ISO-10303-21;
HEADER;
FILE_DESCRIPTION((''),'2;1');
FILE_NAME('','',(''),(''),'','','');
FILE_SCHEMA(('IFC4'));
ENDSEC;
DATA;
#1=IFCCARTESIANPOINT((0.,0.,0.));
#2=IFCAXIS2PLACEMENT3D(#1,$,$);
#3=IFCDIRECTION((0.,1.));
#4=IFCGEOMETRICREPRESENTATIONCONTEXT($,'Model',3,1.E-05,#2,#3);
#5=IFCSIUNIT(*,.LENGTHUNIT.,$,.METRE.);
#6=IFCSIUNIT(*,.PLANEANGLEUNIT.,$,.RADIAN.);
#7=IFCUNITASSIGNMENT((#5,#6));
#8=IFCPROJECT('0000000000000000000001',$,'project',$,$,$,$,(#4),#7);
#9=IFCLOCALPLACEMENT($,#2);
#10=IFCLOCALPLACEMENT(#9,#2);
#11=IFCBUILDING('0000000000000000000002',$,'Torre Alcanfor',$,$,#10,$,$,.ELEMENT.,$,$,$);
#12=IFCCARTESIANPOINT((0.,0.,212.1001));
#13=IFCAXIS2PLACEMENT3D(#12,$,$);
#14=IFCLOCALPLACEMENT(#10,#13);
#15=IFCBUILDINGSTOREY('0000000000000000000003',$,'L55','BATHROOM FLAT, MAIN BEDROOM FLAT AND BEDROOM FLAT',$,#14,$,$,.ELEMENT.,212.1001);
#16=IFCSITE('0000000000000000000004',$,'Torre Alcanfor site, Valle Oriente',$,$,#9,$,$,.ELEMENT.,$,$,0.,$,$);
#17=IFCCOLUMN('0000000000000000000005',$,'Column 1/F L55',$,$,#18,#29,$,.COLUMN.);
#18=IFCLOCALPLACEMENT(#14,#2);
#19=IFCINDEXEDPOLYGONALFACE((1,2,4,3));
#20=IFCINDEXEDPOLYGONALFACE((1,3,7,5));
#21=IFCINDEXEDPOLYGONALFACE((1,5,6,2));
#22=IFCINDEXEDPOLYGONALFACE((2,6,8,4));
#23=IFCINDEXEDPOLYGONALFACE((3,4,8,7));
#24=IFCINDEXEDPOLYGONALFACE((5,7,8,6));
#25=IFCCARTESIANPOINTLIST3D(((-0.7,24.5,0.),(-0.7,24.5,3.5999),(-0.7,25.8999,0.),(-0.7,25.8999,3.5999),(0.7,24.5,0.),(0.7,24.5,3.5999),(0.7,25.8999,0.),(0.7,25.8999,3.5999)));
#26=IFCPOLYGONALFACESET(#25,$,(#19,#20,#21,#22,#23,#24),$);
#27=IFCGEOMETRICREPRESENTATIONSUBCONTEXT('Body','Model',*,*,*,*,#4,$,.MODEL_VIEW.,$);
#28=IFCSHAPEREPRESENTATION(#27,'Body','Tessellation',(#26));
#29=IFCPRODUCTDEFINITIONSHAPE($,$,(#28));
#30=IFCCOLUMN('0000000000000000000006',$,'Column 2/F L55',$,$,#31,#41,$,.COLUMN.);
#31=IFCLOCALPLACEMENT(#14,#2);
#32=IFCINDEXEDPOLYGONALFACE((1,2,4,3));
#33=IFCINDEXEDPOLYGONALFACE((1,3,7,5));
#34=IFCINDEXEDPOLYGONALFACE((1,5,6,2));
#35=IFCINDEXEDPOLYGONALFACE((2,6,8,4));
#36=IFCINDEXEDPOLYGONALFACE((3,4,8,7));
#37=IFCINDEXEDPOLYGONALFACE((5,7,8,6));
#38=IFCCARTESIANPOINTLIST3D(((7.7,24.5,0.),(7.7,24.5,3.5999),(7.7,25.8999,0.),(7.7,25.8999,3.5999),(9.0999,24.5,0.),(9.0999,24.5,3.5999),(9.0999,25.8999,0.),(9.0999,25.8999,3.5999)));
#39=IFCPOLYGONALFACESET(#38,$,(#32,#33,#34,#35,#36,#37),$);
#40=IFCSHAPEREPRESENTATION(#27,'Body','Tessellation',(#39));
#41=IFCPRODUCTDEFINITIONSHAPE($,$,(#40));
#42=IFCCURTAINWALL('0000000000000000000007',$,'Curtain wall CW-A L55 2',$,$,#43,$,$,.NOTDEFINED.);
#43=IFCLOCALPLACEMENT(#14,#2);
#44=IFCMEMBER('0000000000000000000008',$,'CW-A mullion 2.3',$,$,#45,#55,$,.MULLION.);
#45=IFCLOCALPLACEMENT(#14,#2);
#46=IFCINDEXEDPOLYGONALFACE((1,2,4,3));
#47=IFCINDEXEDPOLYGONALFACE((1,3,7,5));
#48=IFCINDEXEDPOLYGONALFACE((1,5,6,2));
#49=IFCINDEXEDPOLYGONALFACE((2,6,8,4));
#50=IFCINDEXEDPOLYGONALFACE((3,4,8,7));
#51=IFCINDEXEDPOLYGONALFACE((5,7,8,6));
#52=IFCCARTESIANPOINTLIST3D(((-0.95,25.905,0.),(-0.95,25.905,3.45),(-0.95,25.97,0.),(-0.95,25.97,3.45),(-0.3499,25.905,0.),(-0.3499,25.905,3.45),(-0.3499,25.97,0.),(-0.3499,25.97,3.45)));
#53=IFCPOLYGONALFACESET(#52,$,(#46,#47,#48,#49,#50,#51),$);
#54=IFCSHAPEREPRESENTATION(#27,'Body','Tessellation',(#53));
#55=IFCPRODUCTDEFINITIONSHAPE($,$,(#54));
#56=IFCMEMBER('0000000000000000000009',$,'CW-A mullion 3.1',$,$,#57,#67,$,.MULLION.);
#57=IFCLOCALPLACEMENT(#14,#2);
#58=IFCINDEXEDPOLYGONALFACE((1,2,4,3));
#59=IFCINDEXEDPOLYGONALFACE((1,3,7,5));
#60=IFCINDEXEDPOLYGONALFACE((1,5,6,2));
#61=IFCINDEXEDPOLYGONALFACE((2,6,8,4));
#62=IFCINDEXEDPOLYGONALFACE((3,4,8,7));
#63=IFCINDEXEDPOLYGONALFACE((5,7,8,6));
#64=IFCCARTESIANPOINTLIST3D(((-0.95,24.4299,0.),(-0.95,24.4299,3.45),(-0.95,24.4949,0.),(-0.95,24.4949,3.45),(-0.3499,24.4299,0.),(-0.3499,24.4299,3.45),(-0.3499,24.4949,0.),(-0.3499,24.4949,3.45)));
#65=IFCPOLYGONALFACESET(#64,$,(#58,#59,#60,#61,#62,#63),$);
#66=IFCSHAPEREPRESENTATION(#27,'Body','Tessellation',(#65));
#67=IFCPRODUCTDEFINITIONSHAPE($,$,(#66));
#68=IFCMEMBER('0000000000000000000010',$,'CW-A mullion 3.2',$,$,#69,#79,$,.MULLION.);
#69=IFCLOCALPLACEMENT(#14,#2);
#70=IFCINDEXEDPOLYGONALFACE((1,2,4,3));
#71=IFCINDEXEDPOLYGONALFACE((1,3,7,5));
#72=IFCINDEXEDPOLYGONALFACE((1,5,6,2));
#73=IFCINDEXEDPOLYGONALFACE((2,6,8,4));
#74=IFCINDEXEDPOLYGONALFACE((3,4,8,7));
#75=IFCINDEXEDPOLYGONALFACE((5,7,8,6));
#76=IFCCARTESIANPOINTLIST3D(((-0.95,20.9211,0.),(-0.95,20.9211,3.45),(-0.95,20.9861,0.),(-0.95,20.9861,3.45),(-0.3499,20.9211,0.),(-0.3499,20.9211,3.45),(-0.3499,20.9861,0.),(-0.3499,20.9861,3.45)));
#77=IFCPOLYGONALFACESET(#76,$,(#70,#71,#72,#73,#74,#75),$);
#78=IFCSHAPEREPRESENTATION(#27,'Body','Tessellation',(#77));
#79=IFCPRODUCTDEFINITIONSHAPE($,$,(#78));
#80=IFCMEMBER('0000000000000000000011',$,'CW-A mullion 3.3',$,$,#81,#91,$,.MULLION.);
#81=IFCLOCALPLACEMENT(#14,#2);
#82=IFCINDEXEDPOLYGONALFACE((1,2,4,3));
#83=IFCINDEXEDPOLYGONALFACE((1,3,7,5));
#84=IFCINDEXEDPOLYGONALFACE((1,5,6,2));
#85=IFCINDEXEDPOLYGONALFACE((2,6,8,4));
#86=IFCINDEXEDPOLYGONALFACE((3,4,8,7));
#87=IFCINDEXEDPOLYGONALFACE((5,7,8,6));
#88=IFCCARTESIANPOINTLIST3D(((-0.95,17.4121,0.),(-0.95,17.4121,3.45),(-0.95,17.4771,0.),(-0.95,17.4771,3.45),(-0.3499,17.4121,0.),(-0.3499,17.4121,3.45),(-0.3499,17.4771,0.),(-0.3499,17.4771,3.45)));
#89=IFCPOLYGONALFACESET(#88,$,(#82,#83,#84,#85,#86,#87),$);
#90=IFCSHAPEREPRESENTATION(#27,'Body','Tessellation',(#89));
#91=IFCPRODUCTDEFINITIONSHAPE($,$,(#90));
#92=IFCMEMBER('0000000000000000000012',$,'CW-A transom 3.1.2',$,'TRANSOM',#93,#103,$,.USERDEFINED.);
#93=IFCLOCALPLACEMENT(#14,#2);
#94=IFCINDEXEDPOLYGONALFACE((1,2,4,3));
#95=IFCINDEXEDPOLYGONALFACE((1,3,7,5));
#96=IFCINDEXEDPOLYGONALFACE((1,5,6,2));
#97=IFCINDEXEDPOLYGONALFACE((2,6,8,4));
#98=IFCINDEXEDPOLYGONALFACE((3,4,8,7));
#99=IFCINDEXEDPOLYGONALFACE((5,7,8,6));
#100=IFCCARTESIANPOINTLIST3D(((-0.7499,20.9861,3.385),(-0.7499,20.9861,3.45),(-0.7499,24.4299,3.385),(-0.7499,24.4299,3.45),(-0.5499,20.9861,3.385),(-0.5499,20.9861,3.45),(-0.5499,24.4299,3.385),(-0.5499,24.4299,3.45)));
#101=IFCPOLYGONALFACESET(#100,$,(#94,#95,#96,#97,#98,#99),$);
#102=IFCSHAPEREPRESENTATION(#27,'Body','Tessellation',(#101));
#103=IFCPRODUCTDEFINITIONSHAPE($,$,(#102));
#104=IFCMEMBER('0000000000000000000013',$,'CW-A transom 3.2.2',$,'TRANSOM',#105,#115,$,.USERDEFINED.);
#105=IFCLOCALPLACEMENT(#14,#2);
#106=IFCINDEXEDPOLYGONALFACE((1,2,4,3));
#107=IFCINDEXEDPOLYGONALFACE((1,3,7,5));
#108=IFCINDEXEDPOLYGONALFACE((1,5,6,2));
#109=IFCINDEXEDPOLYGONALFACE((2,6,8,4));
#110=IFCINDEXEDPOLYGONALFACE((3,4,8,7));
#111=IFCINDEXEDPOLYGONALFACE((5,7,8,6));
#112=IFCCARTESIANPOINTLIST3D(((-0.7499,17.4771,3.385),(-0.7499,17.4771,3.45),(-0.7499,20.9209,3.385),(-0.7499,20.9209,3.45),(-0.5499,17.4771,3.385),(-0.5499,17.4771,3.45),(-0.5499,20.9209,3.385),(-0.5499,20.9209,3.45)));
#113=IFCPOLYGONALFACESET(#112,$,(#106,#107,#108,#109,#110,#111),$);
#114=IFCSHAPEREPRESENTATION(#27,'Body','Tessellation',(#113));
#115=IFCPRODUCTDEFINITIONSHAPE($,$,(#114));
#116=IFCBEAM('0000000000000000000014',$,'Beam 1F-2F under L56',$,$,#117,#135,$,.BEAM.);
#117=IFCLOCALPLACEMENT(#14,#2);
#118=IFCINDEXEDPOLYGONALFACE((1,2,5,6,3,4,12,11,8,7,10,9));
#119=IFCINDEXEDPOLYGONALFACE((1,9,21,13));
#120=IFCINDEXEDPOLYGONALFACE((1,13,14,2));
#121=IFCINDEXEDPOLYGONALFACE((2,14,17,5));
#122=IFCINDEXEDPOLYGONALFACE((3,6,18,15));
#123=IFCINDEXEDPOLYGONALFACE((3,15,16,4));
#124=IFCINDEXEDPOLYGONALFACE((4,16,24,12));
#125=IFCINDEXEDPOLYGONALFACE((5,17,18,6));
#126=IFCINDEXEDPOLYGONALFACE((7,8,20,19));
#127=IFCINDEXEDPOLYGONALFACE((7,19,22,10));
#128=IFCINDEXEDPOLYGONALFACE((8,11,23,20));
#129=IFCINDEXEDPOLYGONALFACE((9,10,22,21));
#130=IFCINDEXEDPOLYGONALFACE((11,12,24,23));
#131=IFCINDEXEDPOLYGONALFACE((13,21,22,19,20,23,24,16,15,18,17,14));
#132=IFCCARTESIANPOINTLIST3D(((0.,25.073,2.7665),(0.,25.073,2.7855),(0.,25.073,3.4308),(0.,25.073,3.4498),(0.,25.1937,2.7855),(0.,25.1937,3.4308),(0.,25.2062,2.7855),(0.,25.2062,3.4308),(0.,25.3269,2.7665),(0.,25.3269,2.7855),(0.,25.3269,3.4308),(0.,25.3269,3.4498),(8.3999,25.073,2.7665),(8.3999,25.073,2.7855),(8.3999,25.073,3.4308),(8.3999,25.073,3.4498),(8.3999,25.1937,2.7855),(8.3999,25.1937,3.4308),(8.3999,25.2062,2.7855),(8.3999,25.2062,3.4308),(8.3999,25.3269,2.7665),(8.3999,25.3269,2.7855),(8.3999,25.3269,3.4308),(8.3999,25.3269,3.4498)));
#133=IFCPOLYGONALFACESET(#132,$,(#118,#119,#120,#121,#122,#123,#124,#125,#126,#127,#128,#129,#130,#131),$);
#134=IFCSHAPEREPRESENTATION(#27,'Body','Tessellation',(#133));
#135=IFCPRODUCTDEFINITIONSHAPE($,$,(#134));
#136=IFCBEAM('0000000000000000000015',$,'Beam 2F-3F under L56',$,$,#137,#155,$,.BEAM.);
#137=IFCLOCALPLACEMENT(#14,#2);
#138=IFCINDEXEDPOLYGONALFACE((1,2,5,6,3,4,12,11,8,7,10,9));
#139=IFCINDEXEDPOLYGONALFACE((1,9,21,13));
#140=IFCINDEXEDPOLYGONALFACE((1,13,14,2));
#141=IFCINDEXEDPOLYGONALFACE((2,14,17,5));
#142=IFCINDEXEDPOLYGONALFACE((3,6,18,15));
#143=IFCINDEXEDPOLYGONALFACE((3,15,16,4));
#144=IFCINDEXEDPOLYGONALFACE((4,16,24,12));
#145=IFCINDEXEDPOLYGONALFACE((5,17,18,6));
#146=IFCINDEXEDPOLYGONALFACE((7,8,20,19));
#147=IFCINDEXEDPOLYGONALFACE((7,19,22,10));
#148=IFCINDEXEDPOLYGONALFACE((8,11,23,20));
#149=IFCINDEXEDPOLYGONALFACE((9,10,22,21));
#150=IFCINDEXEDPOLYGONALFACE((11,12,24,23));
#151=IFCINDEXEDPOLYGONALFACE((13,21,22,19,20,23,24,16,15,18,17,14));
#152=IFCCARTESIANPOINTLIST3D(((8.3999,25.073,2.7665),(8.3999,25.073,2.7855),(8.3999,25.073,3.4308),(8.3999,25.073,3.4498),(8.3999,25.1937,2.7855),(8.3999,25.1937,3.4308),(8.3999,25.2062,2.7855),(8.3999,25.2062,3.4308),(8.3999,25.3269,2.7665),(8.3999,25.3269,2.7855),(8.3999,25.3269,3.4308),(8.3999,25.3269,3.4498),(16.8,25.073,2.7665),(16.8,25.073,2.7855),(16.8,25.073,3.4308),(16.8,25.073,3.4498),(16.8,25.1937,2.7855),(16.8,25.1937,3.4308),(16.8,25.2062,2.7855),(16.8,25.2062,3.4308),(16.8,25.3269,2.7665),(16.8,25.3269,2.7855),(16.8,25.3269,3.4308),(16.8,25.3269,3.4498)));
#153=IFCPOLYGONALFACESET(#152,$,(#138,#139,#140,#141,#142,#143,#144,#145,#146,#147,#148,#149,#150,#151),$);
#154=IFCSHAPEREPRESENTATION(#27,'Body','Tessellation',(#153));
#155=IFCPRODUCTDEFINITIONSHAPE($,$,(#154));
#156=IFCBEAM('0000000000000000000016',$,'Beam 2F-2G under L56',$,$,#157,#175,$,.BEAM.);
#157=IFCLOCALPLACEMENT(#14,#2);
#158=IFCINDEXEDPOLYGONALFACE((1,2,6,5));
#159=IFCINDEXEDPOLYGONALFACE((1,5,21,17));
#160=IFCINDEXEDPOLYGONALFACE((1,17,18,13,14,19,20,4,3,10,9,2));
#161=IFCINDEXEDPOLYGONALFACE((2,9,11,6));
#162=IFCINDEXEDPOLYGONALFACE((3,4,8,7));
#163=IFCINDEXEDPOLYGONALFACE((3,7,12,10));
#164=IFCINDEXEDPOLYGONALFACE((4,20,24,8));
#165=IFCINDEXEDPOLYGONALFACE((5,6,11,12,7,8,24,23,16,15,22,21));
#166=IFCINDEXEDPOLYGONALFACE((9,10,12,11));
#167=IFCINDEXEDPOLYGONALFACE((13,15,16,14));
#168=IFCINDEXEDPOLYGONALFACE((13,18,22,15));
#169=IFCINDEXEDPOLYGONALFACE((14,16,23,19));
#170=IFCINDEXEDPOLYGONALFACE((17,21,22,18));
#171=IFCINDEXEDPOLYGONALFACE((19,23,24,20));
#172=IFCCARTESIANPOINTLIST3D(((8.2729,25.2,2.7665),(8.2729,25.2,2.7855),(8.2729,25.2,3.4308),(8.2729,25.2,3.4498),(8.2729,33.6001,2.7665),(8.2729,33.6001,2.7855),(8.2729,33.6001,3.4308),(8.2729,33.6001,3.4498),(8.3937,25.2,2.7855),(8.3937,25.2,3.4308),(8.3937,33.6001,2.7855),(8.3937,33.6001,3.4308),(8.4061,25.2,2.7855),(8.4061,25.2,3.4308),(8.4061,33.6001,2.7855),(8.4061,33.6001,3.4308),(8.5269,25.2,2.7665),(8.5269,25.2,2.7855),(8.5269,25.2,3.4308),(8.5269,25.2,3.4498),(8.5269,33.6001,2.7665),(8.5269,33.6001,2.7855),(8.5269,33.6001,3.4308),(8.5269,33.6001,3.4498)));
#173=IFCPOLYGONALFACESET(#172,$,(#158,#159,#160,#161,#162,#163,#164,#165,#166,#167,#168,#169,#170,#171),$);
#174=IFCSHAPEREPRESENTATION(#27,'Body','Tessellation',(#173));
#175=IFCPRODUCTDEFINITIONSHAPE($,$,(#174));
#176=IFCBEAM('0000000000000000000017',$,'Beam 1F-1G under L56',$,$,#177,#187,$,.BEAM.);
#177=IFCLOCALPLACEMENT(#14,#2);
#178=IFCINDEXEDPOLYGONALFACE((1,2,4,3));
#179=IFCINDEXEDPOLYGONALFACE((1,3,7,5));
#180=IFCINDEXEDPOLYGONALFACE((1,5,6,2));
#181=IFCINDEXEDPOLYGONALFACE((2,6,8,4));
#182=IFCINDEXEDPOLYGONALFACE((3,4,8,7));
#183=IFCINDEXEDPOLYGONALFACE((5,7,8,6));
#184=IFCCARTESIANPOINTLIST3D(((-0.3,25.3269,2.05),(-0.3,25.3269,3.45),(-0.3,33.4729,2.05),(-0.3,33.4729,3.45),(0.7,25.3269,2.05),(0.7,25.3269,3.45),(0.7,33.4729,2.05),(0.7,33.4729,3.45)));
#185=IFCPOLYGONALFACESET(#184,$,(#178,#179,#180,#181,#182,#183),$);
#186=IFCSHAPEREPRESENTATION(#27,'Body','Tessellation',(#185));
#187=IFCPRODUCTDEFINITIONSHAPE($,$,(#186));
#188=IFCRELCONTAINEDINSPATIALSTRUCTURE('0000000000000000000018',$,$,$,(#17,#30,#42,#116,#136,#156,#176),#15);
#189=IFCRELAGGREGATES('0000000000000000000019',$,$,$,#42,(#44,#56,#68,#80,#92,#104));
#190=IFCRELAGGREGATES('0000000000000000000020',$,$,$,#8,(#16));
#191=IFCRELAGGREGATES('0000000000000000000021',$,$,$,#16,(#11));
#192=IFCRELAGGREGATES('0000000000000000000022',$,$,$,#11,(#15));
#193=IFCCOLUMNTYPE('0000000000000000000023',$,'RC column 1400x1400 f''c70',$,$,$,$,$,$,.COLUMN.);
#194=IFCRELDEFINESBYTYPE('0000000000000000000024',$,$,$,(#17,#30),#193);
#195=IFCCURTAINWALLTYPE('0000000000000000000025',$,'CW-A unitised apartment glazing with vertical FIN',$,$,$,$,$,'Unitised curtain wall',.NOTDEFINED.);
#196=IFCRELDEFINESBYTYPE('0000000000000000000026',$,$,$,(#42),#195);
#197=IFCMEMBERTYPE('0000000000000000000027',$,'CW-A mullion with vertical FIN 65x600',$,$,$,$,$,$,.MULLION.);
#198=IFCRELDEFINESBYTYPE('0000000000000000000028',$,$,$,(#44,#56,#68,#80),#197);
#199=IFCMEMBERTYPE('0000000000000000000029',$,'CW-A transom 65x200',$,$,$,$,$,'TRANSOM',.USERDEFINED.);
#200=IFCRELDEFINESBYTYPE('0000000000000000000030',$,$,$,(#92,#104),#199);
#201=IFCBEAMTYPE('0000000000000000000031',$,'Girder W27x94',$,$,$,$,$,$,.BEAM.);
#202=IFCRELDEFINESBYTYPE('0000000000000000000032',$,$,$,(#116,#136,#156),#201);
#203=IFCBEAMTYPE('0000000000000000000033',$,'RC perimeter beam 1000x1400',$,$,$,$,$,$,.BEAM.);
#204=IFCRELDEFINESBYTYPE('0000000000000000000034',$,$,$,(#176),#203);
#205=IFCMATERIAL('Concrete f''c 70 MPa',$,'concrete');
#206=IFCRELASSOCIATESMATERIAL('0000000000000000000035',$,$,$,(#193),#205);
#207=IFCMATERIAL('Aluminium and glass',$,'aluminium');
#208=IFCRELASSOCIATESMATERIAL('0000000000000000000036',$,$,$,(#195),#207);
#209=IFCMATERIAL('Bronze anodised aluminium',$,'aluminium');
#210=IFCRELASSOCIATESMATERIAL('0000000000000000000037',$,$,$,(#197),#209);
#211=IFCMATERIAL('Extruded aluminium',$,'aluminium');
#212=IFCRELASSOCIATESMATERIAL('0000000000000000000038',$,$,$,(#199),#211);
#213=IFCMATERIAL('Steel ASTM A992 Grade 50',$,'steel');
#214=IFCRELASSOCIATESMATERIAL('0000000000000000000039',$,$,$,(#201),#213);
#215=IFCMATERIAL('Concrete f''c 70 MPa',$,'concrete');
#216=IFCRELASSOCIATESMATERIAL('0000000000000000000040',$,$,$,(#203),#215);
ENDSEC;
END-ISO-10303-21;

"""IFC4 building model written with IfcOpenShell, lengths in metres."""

from ifc_helpers import new_model, si_unit, direction, frame, origin, origin_2d, place, context, subcontext, project, spatial, rectangle, i_section, extrude, material, material_profile, profile_set, type_object, element, aggregate, save


model = new_model("IFC4")

# Units and contexts
model_context = context("Model", 3, precision=1e-05, world=origin(), true_north=direction((0.0, 1.0)))
body_context = subcontext(model_context, "Body", "Model", "MODEL_VIEW")
ifc_project = project(units=[si_unit("LENGTHUNIT", "METRE"), si_unit("PLANEANGLEUNIT", "RADIAN")], contexts=[model_context])

# Site, building, storey
site_placement = place(None, origin())
site = spatial("IfcSite", under=ifc_project, at=site_placement, Name="Torre Alcanfor site, Valle Oriente", CompositionType="ELEMENT", RefElevation=0.0)
building_placement = place(site_placement, origin())
building = spatial("IfcBuilding", under=site, at=building_placement, Name="Torre Alcanfor", CompositionType="ELEMENT")
storey_placement = place(building_placement, frame((0.0, 0.0, 212.1001)))
storey = spatial("IfcBuildingStorey", under=building, at=storey_placement, Name="L55", Description="BATHROOM FLAT, MAIN BEDROOM FLAT AND BEDROOM FLAT", CompositionType="ELEMENT", Elevation=212.1001)

# Columns
ifc_material_1 = material(Name="Concrete f'c 70 MPa", Category="concrete")
ifc_material_profile_1 = material_profile(ifc_material_1, rectangle(XDim=1.3999, YDim=1.3999, at=origin_2d()), Name="1400x1400")
ifc_profile_set_1 = profile_set([ifc_material_profile_1], Name="Concrete f'c 70 MPa")
column_type = type_object("IfcColumnType", Name="RC column 1400x1400 f'c70", PredefinedType="COLUMN", material=ifc_profile_set_1)
for number, where, z_axis, x_axis, name in (
    (1, (0.0, 25.2, 0.0), (0.0, 0.0, 1.0), (1.0, 0.0, 0.0), "Column 1/F L55"),
    (2, (8.3999, 25.2, 0.0), (0.0, 0.0, 1.0), (1.0, 0.0, 0.0), "Column 2/F L55"),
):
    element("IfcColumn", number, at=place(storey_placement, frame(where, z_axis=z_axis, x_axis=x_axis)), inside=storey, type_object=column_type, Name=name, PredefinedType="COLUMN", context=body_context, shape_type="SweptSolid", body=[
        extrude(rectangle(XDim=1.3999, YDim=1.3999, at=origin_2d()), origin(), (0.0, 0.0, 1.0), 3.5999),
    ])

# Curtain wall, members
ifc_material_2 = material(Name="Aluminium and glass", Category="aluminium")
curtain_wall_type = type_object("IfcCurtainWallType", Name="CW-A unitised apartment glazing with vertical FIN", ElementType="Unitised curtain wall", PredefinedType="NOTDEFINED", material=ifc_material_2)
curtain_wall_placement = place(storey_placement, origin())
curtain_wall = element("IfcCurtainWall", 3, at=curtain_wall_placement, inside=storey, type_object=curtain_wall_type, Name="Curtain wall CW-A L55 2", PredefinedType="NOTDEFINED")
ifc_material_3 = material(Name="Bronze anodised aluminium", Category="aluminium")
ifc_material_profile_2 = material_profile(ifc_material_3, rectangle(XDim=0.6001, YDim=0.0649, at=origin_2d()), Name="CW-A mullion 65x600")
ifc_profile_set_2 = profile_set([ifc_material_profile_2], Name="Bronze anodised aluminium")
member_type_1 = type_object("IfcMemberType", Name="CW-A mullion with vertical FIN 65x600", PredefinedType="MULLION", material=ifc_profile_set_2)
member_1_placement = place(storey_placement, frame((-0.6499, 25.9375, 0.0), z_axis=(0.0, 0.0, 1.0), x_axis=(1.0, 0.0, 0.0)))
member_1 = element("IfcMember", 4, at=member_1_placement, type_object=member_type_1, Name="CW-A mullion 2.3", PredefinedType="MULLION", context=body_context, shape_type="SweptSolid", body=[
    extrude(rectangle(XDim=0.6001, YDim=0.0649, at=origin_2d()), origin(), (0.0, 0.0, 1.0), 3.45),
])
member_2_placement = place(storey_placement, frame((-0.6499, 24.4624, 0.0), z_axis=(0.0, 0.0, 1.0), x_axis=(1.0, 0.0, 0.0)))
member_2 = element("IfcMember", 5, at=member_2_placement, type_object=member_type_1, Name="CW-A mullion 3.1", PredefinedType="MULLION", context=body_context, shape_type="SweptSolid", body=[
    extrude(rectangle(XDim=0.6001, YDim=0.0649, at=origin_2d()), origin(), (0.0, 0.0, 1.0), 3.45),
])
member_3_placement = place(storey_placement, frame((-0.6499, 20.9536, 0.0), z_axis=(0.0, 0.0, 1.0), x_axis=(1.0, 0.0, 0.0)))
member_3 = element("IfcMember", 6, at=member_3_placement, type_object=member_type_1, Name="CW-A mullion 3.2", PredefinedType="MULLION", context=body_context, shape_type="SweptSolid", body=[
    extrude(rectangle(XDim=0.6001, YDim=0.0649, at=origin_2d()), origin(), (0.0, 0.0, 1.0), 3.45),
])
member_4_placement = place(storey_placement, frame((-0.6499, 17.4446, 0.0), z_axis=(0.0, 0.0, 1.0), x_axis=(1.0, 0.0, 0.0)))
member_4 = element("IfcMember", 7, at=member_4_placement, type_object=member_type_1, Name="CW-A mullion 3.3", PredefinedType="MULLION", context=body_context, shape_type="SweptSolid", body=[
    extrude(rectangle(XDim=0.6001, YDim=0.0649, at=origin_2d()), origin(), (0.0, 0.0, 1.0), 3.45),
])
ifc_material_4 = material(Name="Extruded aluminium", Category="aluminium")
ifc_material_profile_3 = material_profile(ifc_material_4, rectangle(XDim=0.2, YDim=0.0649, at=origin_2d()), Name="CW-A transom 200x65")
ifc_profile_set_3 = profile_set([ifc_material_profile_3], Name="Extruded aluminium")
member_type_2 = type_object("IfcMemberType", Name="CW-A transom 65x200", ElementType="TRANSOM", PredefinedType="USERDEFINED", material=ifc_profile_set_3)
member_5_placement = place(storey_placement, frame((-0.6499, 24.4299, 3.4175), z_axis=(0.0, -1.0, 0.0), x_axis=(1.0, 0.0, 0.0)))
member_5 = element("IfcMember", 8, at=member_5_placement, type_object=member_type_2, Name="CW-A transom 3.1.2", ObjectType="TRANSOM", PredefinedType="USERDEFINED", context=body_context, shape_type="SweptSolid", body=[
    extrude(rectangle(XDim=0.2, YDim=0.0649, at=origin_2d()), origin(), (0.0, 0.0, 1.0), 3.4438),
])
member_6_placement = place(storey_placement, frame((-0.6499, 20.9209, 3.4175), z_axis=(0.0, -1.0, 0.0), x_axis=(1.0, 0.0, 0.0)))
member_6 = element("IfcMember", 9, at=member_6_placement, type_object=member_type_2, Name="CW-A transom 3.2.2", ObjectType="TRANSOM", PredefinedType="USERDEFINED", context=body_context, shape_type="SweptSolid", body=[
    extrude(rectangle(XDim=0.2, YDim=0.0649, at=origin_2d()), origin(), (0.0, 0.0, 1.0), 3.4438),
])

# Beams
ifc_material_5 = material(Name="Steel ASTM A992 Grade 50", Category="steel")
ifc_material_profile_4 = material_profile(ifc_material_5, i_section(OverallWidth=0.2539, OverallDepth=0.6833, WebThickness=0.0125, FlangeThickness=0.019, at=origin_2d()), Name="W27x94")
ifc_profile_set_4 = profile_set([ifc_material_profile_4], Name="Steel ASTM A992 Grade 50")
beam_type_1 = type_object("IfcBeamType", Name="Girder W27x94", PredefinedType="BEAM", material=ifc_profile_set_4)
beam_1_placement = place(storey_placement, frame((0.0, 25.2, 3.1082), z_axis=(1.0, 0.0, 0.0), x_axis=(0.0, 1.0, 0.0)))
element("IfcBeam", 10, at=beam_1_placement, inside=storey, type_object=beam_type_1, Name="Beam 1F-2F under L56", PredefinedType="BEAM", context=body_context, shape_type="SweptSolid", body=[
    extrude(i_section(OverallWidth=0.2539, OverallDepth=0.6833, WebThickness=0.0125, FlangeThickness=0.019, at=origin_2d()), origin(), (0.0, 0.0, 1.0), 8.3999),
])
for number, where, z_axis, x_axis, name in (
    (11, (8.3999, 25.2, 3.1082), (1.0, 0.0, 0.0), (0.0, 1.0, 0.0), "Beam 2F-3F under L56"),
    (12, (8.3999, 25.2, 3.1082), (0.0, 1.0, 0.0), (-1.0, 0.0, 0.0), "Beam 2F-2G under L56"),
):
    element("IfcBeam", number, at=place(storey_placement, frame(where, z_axis=z_axis, x_axis=x_axis)), inside=storey, type_object=beam_type_1, Name=name, PredefinedType="BEAM", context=body_context, shape_type="SweptSolid", body=[
        extrude(i_section(OverallWidth=0.2539, OverallDepth=0.6833, WebThickness=0.0125, FlangeThickness=0.019, at=origin_2d()), origin(), (0.0, 0.0, 1.0), 8.4001),
    ])
ifc_material_6 = material(Name="Concrete f'c 70 MPa", Category="concrete")
ifc_material_profile_5 = material_profile(ifc_material_6, rectangle(XDim=1.0, YDim=1.3999, at=origin_2d()), Name="1000x1400")
ifc_profile_set_5 = profile_set([ifc_material_profile_5], Name="Concrete f'c 70 MPa")
beam_type_2 = type_object("IfcBeamType", Name="RC perimeter beam 1000x1400", PredefinedType="BEAM", material=ifc_profile_set_5)
beam_2_placement = place(storey_placement, frame((0.2, 25.3269, 2.75), z_axis=(0.0, 1.0, 0.0), x_axis=(-1.0, 0.0, 0.0)))
element("IfcBeam", 13, at=beam_2_placement, inside=storey, type_object=beam_type_2, Name="Beam 1F-1G under L56", PredefinedType="BEAM", context=body_context, shape_type="SweptSolid", body=[
    extrude(rectangle(XDim=1.0, YDim=1.3999, at=origin_2d()), origin(), (0.0, 0.0, 1.0), 8.146),
])

aggregate(curtain_wall, [member_1, member_2, member_3, member_4, member_5, member_6])

save(model, "model.ifc")
